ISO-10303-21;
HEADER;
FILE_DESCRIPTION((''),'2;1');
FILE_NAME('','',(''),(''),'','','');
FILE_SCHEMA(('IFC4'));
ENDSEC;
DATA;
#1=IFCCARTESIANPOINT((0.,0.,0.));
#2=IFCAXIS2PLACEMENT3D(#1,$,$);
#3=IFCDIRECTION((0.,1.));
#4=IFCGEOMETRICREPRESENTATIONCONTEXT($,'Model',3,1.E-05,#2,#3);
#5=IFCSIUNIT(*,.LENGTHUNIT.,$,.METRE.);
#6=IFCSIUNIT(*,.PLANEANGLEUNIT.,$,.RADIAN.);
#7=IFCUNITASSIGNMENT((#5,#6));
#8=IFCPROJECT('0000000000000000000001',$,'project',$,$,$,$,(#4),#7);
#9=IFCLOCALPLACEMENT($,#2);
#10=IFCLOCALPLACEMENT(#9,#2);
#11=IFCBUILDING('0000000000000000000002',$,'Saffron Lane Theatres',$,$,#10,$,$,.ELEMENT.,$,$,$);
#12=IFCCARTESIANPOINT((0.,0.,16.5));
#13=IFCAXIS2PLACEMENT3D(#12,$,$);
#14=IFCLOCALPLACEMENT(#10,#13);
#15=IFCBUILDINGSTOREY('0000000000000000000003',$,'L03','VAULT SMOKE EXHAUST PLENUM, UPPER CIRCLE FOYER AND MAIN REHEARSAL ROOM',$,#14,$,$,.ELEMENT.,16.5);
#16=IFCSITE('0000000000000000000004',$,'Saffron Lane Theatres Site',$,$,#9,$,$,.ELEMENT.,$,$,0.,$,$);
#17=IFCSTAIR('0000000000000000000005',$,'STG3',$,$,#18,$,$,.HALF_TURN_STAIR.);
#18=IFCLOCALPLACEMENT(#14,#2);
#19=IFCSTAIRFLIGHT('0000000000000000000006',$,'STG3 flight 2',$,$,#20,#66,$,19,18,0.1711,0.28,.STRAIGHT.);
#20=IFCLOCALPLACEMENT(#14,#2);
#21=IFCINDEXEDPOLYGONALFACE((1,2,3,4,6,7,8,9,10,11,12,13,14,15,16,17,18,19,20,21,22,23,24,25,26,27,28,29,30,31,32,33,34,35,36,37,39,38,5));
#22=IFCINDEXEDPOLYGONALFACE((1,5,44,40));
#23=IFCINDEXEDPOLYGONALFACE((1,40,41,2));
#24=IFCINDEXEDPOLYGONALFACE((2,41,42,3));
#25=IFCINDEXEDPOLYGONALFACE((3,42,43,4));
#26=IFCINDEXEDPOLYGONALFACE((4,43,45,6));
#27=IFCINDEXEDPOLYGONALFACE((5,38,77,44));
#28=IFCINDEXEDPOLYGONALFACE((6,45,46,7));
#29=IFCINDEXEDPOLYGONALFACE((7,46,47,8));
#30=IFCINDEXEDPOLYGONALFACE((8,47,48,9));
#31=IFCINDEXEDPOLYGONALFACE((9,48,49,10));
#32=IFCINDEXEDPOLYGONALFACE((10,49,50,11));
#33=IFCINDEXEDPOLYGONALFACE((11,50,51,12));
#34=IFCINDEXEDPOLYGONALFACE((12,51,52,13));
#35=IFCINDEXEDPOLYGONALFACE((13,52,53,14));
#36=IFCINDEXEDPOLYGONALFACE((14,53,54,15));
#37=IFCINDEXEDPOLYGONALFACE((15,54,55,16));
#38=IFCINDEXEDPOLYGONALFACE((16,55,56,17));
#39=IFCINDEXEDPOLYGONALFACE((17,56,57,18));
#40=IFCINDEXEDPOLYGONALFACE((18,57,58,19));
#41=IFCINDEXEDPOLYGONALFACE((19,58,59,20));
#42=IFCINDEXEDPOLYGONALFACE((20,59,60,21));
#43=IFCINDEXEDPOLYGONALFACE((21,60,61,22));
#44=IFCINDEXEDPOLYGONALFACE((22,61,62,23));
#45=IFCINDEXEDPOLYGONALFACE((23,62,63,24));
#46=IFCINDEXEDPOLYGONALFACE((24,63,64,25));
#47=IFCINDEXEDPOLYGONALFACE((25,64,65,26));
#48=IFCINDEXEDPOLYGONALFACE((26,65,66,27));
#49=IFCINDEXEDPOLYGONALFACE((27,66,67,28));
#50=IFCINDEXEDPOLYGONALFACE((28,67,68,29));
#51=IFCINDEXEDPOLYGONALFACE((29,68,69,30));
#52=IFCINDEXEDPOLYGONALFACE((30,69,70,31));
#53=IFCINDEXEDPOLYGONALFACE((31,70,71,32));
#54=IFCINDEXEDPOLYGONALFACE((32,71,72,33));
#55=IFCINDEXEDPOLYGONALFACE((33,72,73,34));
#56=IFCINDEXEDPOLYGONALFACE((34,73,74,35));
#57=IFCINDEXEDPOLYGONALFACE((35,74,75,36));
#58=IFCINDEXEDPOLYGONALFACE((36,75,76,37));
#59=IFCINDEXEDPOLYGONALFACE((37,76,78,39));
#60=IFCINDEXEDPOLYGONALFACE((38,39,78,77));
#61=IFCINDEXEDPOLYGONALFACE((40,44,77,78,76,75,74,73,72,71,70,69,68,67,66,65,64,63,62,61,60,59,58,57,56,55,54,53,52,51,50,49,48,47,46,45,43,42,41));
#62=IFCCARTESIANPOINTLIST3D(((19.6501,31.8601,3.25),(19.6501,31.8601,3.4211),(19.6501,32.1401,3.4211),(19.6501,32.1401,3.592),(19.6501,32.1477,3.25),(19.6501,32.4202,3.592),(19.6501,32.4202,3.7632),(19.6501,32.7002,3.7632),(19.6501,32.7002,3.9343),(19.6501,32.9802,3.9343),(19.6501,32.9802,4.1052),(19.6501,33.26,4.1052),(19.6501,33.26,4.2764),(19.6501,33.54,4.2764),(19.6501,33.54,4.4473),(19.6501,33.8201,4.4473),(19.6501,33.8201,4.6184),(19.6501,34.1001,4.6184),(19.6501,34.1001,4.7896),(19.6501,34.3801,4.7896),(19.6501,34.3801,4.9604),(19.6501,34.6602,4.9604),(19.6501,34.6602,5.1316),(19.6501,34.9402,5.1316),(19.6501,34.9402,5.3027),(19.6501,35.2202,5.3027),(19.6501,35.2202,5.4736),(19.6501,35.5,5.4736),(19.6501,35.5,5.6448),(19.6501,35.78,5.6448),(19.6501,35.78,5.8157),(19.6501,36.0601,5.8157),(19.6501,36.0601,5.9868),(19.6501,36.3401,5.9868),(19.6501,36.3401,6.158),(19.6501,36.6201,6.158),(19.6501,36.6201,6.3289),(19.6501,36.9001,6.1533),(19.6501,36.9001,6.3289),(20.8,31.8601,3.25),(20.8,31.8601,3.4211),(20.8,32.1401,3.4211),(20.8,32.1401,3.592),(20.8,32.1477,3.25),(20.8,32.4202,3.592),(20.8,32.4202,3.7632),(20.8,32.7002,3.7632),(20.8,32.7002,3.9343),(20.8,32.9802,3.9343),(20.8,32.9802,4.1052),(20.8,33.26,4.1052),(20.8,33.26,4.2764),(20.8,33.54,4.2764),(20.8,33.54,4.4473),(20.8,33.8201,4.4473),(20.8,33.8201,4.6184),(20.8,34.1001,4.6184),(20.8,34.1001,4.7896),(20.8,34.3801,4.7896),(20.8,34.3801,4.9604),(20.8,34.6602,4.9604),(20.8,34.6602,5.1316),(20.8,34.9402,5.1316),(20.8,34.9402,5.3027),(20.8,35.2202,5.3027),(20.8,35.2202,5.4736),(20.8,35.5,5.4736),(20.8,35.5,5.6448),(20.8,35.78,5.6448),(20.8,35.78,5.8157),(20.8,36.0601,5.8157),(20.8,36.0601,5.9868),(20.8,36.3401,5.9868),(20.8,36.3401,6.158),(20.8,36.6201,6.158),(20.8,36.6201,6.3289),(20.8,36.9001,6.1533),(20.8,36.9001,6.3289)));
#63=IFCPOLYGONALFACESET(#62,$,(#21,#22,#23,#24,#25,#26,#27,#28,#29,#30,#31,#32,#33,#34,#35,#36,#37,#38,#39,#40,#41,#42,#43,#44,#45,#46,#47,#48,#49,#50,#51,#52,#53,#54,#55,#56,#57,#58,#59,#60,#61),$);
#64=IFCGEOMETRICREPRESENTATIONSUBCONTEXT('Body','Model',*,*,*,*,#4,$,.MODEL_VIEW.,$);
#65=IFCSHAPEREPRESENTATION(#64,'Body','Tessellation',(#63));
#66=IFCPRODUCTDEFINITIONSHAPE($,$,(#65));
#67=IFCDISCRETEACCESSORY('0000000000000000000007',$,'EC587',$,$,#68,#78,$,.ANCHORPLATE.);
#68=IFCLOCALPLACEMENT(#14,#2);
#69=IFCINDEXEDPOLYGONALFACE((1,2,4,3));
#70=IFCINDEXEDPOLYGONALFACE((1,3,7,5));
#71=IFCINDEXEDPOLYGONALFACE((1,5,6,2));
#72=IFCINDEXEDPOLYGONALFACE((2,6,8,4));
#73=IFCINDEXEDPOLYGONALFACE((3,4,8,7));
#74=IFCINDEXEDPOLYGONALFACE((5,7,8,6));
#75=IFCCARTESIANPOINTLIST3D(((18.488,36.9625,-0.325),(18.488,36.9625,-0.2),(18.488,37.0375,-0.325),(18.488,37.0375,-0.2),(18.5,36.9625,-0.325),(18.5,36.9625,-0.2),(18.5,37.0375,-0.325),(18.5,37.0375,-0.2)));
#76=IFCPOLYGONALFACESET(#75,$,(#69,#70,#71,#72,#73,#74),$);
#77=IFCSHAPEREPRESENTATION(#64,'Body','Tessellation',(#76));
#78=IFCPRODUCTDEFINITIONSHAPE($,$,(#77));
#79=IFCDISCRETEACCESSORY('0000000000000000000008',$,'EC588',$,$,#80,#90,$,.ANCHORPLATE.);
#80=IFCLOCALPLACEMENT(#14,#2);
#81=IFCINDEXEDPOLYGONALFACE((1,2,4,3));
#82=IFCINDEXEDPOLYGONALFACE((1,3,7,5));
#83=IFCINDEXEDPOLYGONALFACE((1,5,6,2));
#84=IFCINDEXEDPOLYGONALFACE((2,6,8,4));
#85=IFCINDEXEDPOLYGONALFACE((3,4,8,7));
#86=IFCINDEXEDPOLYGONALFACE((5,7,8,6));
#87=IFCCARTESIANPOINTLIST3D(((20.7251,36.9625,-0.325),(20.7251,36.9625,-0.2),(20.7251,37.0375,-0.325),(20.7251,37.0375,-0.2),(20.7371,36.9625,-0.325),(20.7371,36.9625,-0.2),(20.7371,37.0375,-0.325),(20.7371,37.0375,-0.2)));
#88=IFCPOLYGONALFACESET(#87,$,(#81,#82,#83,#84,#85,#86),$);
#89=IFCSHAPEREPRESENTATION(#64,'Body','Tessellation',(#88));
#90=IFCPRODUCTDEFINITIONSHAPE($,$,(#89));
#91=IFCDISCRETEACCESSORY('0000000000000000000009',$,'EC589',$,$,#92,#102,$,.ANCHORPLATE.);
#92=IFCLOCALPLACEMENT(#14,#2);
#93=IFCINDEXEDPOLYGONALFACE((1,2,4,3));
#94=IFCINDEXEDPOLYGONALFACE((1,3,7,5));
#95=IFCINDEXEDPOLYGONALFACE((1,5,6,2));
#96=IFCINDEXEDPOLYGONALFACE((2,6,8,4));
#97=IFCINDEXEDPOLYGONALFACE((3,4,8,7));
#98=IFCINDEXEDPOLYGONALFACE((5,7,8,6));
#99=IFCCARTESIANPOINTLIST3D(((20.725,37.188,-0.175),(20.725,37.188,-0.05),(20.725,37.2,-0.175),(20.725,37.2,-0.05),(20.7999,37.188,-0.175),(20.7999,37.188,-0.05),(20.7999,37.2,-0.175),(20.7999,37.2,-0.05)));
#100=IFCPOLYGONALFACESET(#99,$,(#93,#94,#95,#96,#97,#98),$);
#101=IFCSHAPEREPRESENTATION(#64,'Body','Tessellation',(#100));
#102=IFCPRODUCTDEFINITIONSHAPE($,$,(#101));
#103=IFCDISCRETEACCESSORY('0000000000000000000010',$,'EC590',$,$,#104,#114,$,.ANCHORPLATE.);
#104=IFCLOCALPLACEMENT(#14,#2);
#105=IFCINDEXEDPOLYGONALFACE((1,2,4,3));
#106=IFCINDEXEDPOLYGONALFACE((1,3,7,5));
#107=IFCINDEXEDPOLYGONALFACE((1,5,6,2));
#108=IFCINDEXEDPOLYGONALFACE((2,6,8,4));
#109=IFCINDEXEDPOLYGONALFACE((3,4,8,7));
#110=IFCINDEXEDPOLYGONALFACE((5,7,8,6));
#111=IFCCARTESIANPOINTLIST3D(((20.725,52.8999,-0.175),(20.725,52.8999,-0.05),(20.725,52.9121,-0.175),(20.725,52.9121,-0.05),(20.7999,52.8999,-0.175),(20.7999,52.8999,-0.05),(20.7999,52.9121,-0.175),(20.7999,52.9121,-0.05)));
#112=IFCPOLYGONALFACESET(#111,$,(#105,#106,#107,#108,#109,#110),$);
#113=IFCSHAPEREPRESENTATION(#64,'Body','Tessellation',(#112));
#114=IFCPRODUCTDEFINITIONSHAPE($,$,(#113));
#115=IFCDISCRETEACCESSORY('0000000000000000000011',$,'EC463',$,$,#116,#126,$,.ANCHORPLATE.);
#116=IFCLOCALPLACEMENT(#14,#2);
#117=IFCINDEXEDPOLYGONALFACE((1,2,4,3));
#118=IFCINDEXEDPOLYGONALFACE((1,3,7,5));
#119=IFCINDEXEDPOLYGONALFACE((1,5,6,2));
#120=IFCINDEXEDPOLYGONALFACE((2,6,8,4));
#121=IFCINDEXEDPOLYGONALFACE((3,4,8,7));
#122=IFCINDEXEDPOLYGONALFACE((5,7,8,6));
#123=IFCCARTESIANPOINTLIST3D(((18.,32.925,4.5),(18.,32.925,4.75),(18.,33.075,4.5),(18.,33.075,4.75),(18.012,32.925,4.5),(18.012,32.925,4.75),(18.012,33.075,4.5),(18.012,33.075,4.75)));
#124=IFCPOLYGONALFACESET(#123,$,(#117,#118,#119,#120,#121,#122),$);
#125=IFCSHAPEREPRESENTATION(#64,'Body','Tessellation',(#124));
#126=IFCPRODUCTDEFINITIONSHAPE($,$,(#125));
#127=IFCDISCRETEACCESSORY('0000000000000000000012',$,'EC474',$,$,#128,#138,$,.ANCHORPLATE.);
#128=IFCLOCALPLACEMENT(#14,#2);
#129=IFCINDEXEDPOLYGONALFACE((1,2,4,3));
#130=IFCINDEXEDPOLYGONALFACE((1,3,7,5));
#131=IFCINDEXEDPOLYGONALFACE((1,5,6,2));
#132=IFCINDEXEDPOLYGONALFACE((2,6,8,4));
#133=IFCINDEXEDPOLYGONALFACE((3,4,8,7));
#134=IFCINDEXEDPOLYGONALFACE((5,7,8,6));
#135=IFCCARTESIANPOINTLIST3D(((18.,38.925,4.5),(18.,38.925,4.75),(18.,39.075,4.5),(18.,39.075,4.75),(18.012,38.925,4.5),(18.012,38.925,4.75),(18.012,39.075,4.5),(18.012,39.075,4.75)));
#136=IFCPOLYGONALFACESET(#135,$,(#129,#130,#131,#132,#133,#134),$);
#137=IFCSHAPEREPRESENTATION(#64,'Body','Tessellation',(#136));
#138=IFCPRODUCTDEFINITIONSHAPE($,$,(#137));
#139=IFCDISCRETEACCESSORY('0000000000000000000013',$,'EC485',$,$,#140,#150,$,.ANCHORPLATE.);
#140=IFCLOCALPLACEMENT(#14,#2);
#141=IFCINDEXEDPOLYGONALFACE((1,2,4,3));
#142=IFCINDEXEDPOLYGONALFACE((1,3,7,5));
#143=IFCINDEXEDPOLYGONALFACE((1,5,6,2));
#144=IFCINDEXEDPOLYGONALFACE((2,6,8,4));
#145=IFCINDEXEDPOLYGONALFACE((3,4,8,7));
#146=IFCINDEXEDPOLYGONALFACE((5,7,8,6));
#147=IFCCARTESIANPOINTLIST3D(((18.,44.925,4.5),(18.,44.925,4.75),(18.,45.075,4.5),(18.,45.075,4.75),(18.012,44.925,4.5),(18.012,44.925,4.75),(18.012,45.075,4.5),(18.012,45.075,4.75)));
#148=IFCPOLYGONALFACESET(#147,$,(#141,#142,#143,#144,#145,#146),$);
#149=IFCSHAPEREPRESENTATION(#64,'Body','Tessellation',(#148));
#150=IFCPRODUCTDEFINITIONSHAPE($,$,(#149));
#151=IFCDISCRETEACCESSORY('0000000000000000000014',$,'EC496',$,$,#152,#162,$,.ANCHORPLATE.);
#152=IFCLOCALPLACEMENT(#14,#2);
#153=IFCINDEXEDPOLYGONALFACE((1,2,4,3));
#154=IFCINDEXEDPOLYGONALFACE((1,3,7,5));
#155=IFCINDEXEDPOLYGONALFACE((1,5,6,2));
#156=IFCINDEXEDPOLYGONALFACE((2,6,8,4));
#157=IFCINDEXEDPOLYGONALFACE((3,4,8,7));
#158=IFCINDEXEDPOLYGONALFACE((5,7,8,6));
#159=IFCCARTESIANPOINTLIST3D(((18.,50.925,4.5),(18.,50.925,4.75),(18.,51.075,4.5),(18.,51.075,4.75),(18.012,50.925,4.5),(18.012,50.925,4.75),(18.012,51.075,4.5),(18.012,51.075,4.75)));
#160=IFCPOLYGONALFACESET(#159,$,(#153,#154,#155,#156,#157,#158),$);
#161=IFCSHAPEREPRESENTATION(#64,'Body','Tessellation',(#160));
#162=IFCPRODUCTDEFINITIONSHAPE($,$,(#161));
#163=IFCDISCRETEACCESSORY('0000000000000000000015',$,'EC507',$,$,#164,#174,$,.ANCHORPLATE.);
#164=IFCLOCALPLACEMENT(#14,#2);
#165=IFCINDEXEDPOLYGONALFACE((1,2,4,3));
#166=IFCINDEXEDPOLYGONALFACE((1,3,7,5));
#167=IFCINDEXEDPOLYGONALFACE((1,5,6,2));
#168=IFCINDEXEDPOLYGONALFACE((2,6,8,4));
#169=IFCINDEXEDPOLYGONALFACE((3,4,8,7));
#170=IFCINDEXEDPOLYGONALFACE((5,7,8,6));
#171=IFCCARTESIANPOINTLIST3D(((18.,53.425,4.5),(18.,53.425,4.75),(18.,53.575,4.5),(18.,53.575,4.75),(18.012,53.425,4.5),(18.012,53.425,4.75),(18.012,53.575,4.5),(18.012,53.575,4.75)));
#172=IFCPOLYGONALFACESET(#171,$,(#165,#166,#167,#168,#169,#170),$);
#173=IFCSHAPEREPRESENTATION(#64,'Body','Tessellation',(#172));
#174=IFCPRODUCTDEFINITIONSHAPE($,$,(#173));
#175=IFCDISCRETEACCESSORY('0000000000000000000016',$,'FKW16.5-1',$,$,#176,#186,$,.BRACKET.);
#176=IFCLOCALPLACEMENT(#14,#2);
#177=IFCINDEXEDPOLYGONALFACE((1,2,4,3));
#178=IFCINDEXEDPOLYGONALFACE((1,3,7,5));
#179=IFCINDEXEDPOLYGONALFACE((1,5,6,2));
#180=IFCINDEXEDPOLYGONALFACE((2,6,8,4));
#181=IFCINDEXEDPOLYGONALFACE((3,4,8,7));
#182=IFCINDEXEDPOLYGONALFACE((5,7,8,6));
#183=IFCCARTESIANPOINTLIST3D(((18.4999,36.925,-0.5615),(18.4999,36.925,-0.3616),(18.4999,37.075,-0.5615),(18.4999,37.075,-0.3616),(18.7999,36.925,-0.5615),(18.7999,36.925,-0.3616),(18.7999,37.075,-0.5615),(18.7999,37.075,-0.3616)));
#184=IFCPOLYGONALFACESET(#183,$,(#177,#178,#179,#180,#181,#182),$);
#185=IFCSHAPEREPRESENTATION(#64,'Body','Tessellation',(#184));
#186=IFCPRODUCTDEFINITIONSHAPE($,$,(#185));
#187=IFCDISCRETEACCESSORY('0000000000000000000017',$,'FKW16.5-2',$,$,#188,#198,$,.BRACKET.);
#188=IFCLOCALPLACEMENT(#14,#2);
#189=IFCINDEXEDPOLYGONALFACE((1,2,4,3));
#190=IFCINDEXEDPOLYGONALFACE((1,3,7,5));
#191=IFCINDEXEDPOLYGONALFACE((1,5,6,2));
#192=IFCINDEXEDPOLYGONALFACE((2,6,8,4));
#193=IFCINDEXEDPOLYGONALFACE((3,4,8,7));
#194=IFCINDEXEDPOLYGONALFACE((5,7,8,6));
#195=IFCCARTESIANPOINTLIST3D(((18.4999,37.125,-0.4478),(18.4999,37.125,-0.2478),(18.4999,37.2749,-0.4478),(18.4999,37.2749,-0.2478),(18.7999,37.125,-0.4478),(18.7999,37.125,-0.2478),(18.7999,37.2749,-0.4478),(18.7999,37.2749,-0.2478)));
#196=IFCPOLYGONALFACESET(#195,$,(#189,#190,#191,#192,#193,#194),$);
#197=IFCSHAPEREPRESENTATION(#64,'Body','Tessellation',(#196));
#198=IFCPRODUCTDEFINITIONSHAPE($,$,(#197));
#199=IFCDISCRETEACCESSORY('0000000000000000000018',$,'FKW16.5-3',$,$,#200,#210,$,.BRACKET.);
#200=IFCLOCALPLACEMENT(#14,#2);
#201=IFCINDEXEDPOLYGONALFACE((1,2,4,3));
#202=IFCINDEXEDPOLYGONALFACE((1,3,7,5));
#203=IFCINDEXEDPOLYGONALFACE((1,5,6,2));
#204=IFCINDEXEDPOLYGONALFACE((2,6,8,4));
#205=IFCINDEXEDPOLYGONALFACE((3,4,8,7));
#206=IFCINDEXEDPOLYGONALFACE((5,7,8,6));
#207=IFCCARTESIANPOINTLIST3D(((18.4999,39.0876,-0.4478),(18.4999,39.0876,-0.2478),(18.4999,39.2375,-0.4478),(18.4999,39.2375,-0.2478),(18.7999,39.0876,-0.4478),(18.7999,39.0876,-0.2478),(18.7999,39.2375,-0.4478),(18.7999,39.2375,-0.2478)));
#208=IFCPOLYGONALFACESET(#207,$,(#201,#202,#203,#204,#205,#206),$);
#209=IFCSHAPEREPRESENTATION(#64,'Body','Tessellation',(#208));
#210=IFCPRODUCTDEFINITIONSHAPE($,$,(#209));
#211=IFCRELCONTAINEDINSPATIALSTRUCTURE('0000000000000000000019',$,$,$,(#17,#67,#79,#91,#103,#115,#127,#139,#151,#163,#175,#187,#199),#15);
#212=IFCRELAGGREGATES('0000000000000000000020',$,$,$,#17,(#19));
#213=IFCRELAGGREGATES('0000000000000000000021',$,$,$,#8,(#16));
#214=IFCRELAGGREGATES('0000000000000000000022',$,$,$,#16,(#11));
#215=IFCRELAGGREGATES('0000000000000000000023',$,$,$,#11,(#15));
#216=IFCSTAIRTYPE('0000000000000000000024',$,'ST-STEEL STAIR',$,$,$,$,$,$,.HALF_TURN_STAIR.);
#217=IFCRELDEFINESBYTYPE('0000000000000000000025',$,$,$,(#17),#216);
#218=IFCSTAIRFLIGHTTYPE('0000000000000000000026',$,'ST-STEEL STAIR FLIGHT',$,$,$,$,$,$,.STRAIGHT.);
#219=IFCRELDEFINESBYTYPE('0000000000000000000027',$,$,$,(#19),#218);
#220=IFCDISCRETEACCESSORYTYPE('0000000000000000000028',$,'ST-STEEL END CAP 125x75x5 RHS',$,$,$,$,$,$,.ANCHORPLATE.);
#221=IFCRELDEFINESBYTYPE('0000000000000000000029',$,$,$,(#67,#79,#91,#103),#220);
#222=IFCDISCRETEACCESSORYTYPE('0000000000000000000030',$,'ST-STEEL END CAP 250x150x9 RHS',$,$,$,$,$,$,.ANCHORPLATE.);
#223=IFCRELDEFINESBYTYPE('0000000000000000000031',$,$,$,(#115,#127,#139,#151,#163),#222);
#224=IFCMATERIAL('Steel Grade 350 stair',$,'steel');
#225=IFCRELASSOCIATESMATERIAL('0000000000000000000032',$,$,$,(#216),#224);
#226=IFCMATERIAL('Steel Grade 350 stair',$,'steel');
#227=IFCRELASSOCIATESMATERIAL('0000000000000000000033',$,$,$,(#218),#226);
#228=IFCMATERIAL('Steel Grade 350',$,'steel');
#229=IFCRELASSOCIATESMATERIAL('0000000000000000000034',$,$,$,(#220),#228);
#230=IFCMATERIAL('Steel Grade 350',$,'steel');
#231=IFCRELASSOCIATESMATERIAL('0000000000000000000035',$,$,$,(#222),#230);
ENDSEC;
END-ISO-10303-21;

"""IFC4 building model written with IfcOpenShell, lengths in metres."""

from ifc_helpers import new_model, si_unit, direction, frame, origin, origin_2d, place, context, subcontext, project, spatial, polyline, rectangle, outline, extrude, material, material_profile, profile_set, type_object, element, aggregate, save


model = new_model("IFC4")

# Units and contexts
model_context = context("Model", 3, precision=1e-05, world=origin(), true_north=direction((0.0, 1.0)))
body_context = subcontext(model_context, "Body", "Model", "MODEL_VIEW")
ifc_project = project(units=[si_unit("LENGTHUNIT", "METRE"), si_unit("PLANEANGLEUNIT", "RADIAN")], contexts=[model_context])

# Site, building, storey
site_placement = place(None, origin())
site = spatial("IfcSite", under=ifc_project, at=site_placement, Name="Saffron Lane Theatres Site", CompositionType="ELEMENT", RefElevation=0.0)
building_placement = place(site_placement, origin())
building = spatial("IfcBuilding", under=site, at=building_placement, Name="Saffron Lane Theatres", CompositionType="ELEMENT")
storey_placement = place(building_placement, frame((0.0, 0.0, 16.5)))
storey = spatial("IfcBuildingStorey", under=building, at=storey_placement, Name="L03", Description="VAULT SMOKE EXHAUST PLENUM, UPPER CIRCLE FOYER AND MAIN REHEARSAL ROOM", CompositionType="ELEMENT", Elevation=16.5)

# Stair, stair flight
ifc_material_1 = material(Name="Steel Grade 350 stair", Category="steel")
stair_type = type_object("IfcStairType", Name="ST-STEEL STAIR", PredefinedType="HALF_TURN_STAIR", material=ifc_material_1)
stair_placement = place(storey_placement, origin())
stair = element("IfcStair", 1, at=stair_placement, inside=storey, type_object=stair_type, Name="STG3", PredefinedType="HALF_TURN_STAIR")
ifc_material_2 = material(Name="Steel Grade 350 stair", Category="steel")
stair_flight_type = type_object("IfcStairFlightType", Name="ST-STEEL STAIR FLIGHT", PredefinedType="STRAIGHT", material=ifc_material_2)
stair_flight_1_placement = place(storey_placement, frame((20.2251, 31.8601, 3.25), z_axis=(0.0, 0.0, 1.0), x_axis=(0.0, 1.0, 0.0)))
stair_flight_1 = element("IfcStairFlight", 2, at=stair_flight_1_placement, type_object=stair_flight_type, Name="STG3 flight 2", NumberOfRisers=19, NumberOfTreads=18, PredefinedType="STRAIGHT", RiserHeight=0.1711, TreadLength=0.28, context=body_context, shape_type="SweptSolid", body=[
    extrude(outline(polyline([(0.0, 0.0), (0.0, 0.1711), (0.28, 0.1711), (0.28, 0.342), (0.5601, 0.342), (0.5601, 0.5132), (0.8401, 0.5132), (0.8401, 0.6843), (1.1201, 0.6843), (1.1201, 0.8552), (1.3999, 0.8552), (1.3999, 1.0264), (1.6799, 1.0264), (1.6799, 1.1973), (1.96, 1.1973), (1.96, 1.3684), (2.24, 1.3684), (2.24, 1.5396), (2.52, 1.5396), (2.52, 1.7104), (2.8, 1.7104), (2.8, 1.8816), (3.0801, 1.8816), (3.0801, 2.0527), (3.3601, 2.0527), (3.3601, 2.2236), (3.6399, 2.2236), (3.6399, 2.3948), (3.9199, 2.3948), (3.9199, 2.5657), (4.2, 2.5657), (4.2, 2.7368), (4.48, 2.7368), (4.48, 2.908), (4.76, 2.908), (4.76, 3.0789), (5.04, 3.0789), (5.04, 3.25), (5.04, 2.9033), (0.2876, 0.0), (0.0, 0.0)])), frame((0.0, 0.575, 0.0), z_axis=(0.0, -1.0, 0.0), x_axis=(1.0, 0.0, 0.0)), (0.0, 0.0, 1.0), 1.1499),
])
aggregate(stair, [stair_flight_1])

# Discrete accessories
ifc_material_3 = material(Name="Steel Grade 350", Category="steel")
ifc_material_profile_1 = material_profile(ifc_material_3, rectangle(XDim=0.075, YDim=0.125, at=origin_2d()))
ifc_profile_set_1 = profile_set([ifc_material_profile_1], Name="Steel Grade 350")
discrete_accessory_type_1 = type_object("IfcDiscreteAccessoryType", Name="ST-STEEL END CAP 125x75x5 RHS", PredefinedType="ANCHORPLATE", material=ifc_profile_set_1)
for number, where, z_axis, x_axis, name in (
    (3, (18.488, 37.0, -0.2625), (1.0, 0.0, 0.0), (0.0, 1.0, 0.0), "EC587"),
    (4, (20.7251, 37.0, -0.2625), (1.0, 0.0, 0.0), (0.0, 1.0, 0.0), "EC588"),
    (5, (20.7625, 37.188, -0.1125), (0.0, 1.0, 0.0), (-1.0, 0.0, 0.0), "EC589"),
):
    element("IfcDiscreteAccessory", number, at=place(storey_placement, frame(where, z_axis=z_axis, x_axis=x_axis)), inside=storey, type_object=discrete_accessory_type_1, Name=name, PredefinedType="ANCHORPLATE", context=body_context, shape_type="SweptSolid", body=[
        extrude(rectangle(XDim=0.075, YDim=0.125, at=origin_2d()), origin(), (0.0, 0.0, 1.0), 0.012),
    ])
discrete_accessory_placement = place(storey_placement, frame((20.7625, 52.8999, -0.1125), z_axis=(0.0, 1.0, 0.0), x_axis=(-1.0, 0.0, 0.0)))
element("IfcDiscreteAccessory", 6, at=discrete_accessory_placement, inside=storey, type_object=discrete_accessory_type_1, Name="EC590", PredefinedType="ANCHORPLATE", context=body_context, shape_type="SweptSolid", body=[
    extrude(rectangle(XDim=0.075, YDim=0.125, at=origin_2d()), origin(), (0.0, 0.0, 1.0), 0.0122),
])
ifc_material_4 = material(Name="Steel Grade 350", Category="steel")
ifc_material_profile_2 = material_profile(ifc_material_4, rectangle(XDim=0.1499, YDim=0.25, at=origin_2d()))
ifc_profile_set_2 = profile_set([ifc_material_profile_2], Name="Steel Grade 350")
discrete_accessory_type_2 = type_object("IfcDiscreteAccessoryType", Name="ST-STEEL END CAP 250x150x9 RHS", PredefinedType="ANCHORPLATE", material=ifc_profile_set_2)
for number, where, z_axis, x_axis, name in (
    (7, (18.0, 33.0, 4.625), (1.0, 0.0, 0.0), (0.0, 1.0, 0.0), "EC463"),
    (8, (18.0, 39.0, 4.625), (1.0, 0.0, 0.0), (0.0, 1.0, 0.0), "EC474"),
    (9, (18.0, 45.0, 4.625), (1.0, 0.0, 0.0), (0.0, 1.0, 0.0), "EC485"),
    (10, (18.0, 51.0, 4.625), (1.0, 0.0, 0.0), (0.0, 1.0, 0.0), "EC496"),
    (11, (18.0, 53.5, 4.625), (1.0, 0.0, 0.0), (0.0, 1.0, 0.0), "EC507"),
):
    element("IfcDiscreteAccessory", number, at=place(storey_placement, frame(where, z_axis=z_axis, x_axis=x_axis)), inside=storey, type_object=discrete_accessory_type_2, Name=name, PredefinedType="ANCHORPLATE", context=body_context, shape_type="SweptSolid", body=[
        extrude(rectangle(XDim=0.1499, YDim=0.25, at=origin_2d()), origin(), (0.0, 0.0, 1.0), 0.012),
    ])
for number, where, z_axis, x_axis, name in (
    (12, (18.6499, 37.0, -0.5615), (0.0, 0.0, 1.0), (1.0, 0.0, 0.0), "FKW16.5-1"),
    (13, (18.6499, 37.2, -0.4478), (0.0, 0.0, 1.0), (1.0, 0.0, 0.0), "FKW16.5-2"),
    (14, (18.6499, 39.1626, -0.4478), (0.0, 0.0, 1.0), (1.0, 0.0, 0.0), "FKW16.5-3"),
):
    element("IfcDiscreteAccessory", number, at=place(storey_placement, frame(where, z_axis=z_axis, x_axis=x_axis)), inside=storey, Name=name, PredefinedType="BRACKET", context=body_context, shape_type="SweptSolid", body=[
        extrude(rectangle(XDim=0.3, YDim=0.1499, at=origin_2d()), origin(), (0.0, 0.0, 1.0), 0.2),
    ])

save(model, "model.ifc")
